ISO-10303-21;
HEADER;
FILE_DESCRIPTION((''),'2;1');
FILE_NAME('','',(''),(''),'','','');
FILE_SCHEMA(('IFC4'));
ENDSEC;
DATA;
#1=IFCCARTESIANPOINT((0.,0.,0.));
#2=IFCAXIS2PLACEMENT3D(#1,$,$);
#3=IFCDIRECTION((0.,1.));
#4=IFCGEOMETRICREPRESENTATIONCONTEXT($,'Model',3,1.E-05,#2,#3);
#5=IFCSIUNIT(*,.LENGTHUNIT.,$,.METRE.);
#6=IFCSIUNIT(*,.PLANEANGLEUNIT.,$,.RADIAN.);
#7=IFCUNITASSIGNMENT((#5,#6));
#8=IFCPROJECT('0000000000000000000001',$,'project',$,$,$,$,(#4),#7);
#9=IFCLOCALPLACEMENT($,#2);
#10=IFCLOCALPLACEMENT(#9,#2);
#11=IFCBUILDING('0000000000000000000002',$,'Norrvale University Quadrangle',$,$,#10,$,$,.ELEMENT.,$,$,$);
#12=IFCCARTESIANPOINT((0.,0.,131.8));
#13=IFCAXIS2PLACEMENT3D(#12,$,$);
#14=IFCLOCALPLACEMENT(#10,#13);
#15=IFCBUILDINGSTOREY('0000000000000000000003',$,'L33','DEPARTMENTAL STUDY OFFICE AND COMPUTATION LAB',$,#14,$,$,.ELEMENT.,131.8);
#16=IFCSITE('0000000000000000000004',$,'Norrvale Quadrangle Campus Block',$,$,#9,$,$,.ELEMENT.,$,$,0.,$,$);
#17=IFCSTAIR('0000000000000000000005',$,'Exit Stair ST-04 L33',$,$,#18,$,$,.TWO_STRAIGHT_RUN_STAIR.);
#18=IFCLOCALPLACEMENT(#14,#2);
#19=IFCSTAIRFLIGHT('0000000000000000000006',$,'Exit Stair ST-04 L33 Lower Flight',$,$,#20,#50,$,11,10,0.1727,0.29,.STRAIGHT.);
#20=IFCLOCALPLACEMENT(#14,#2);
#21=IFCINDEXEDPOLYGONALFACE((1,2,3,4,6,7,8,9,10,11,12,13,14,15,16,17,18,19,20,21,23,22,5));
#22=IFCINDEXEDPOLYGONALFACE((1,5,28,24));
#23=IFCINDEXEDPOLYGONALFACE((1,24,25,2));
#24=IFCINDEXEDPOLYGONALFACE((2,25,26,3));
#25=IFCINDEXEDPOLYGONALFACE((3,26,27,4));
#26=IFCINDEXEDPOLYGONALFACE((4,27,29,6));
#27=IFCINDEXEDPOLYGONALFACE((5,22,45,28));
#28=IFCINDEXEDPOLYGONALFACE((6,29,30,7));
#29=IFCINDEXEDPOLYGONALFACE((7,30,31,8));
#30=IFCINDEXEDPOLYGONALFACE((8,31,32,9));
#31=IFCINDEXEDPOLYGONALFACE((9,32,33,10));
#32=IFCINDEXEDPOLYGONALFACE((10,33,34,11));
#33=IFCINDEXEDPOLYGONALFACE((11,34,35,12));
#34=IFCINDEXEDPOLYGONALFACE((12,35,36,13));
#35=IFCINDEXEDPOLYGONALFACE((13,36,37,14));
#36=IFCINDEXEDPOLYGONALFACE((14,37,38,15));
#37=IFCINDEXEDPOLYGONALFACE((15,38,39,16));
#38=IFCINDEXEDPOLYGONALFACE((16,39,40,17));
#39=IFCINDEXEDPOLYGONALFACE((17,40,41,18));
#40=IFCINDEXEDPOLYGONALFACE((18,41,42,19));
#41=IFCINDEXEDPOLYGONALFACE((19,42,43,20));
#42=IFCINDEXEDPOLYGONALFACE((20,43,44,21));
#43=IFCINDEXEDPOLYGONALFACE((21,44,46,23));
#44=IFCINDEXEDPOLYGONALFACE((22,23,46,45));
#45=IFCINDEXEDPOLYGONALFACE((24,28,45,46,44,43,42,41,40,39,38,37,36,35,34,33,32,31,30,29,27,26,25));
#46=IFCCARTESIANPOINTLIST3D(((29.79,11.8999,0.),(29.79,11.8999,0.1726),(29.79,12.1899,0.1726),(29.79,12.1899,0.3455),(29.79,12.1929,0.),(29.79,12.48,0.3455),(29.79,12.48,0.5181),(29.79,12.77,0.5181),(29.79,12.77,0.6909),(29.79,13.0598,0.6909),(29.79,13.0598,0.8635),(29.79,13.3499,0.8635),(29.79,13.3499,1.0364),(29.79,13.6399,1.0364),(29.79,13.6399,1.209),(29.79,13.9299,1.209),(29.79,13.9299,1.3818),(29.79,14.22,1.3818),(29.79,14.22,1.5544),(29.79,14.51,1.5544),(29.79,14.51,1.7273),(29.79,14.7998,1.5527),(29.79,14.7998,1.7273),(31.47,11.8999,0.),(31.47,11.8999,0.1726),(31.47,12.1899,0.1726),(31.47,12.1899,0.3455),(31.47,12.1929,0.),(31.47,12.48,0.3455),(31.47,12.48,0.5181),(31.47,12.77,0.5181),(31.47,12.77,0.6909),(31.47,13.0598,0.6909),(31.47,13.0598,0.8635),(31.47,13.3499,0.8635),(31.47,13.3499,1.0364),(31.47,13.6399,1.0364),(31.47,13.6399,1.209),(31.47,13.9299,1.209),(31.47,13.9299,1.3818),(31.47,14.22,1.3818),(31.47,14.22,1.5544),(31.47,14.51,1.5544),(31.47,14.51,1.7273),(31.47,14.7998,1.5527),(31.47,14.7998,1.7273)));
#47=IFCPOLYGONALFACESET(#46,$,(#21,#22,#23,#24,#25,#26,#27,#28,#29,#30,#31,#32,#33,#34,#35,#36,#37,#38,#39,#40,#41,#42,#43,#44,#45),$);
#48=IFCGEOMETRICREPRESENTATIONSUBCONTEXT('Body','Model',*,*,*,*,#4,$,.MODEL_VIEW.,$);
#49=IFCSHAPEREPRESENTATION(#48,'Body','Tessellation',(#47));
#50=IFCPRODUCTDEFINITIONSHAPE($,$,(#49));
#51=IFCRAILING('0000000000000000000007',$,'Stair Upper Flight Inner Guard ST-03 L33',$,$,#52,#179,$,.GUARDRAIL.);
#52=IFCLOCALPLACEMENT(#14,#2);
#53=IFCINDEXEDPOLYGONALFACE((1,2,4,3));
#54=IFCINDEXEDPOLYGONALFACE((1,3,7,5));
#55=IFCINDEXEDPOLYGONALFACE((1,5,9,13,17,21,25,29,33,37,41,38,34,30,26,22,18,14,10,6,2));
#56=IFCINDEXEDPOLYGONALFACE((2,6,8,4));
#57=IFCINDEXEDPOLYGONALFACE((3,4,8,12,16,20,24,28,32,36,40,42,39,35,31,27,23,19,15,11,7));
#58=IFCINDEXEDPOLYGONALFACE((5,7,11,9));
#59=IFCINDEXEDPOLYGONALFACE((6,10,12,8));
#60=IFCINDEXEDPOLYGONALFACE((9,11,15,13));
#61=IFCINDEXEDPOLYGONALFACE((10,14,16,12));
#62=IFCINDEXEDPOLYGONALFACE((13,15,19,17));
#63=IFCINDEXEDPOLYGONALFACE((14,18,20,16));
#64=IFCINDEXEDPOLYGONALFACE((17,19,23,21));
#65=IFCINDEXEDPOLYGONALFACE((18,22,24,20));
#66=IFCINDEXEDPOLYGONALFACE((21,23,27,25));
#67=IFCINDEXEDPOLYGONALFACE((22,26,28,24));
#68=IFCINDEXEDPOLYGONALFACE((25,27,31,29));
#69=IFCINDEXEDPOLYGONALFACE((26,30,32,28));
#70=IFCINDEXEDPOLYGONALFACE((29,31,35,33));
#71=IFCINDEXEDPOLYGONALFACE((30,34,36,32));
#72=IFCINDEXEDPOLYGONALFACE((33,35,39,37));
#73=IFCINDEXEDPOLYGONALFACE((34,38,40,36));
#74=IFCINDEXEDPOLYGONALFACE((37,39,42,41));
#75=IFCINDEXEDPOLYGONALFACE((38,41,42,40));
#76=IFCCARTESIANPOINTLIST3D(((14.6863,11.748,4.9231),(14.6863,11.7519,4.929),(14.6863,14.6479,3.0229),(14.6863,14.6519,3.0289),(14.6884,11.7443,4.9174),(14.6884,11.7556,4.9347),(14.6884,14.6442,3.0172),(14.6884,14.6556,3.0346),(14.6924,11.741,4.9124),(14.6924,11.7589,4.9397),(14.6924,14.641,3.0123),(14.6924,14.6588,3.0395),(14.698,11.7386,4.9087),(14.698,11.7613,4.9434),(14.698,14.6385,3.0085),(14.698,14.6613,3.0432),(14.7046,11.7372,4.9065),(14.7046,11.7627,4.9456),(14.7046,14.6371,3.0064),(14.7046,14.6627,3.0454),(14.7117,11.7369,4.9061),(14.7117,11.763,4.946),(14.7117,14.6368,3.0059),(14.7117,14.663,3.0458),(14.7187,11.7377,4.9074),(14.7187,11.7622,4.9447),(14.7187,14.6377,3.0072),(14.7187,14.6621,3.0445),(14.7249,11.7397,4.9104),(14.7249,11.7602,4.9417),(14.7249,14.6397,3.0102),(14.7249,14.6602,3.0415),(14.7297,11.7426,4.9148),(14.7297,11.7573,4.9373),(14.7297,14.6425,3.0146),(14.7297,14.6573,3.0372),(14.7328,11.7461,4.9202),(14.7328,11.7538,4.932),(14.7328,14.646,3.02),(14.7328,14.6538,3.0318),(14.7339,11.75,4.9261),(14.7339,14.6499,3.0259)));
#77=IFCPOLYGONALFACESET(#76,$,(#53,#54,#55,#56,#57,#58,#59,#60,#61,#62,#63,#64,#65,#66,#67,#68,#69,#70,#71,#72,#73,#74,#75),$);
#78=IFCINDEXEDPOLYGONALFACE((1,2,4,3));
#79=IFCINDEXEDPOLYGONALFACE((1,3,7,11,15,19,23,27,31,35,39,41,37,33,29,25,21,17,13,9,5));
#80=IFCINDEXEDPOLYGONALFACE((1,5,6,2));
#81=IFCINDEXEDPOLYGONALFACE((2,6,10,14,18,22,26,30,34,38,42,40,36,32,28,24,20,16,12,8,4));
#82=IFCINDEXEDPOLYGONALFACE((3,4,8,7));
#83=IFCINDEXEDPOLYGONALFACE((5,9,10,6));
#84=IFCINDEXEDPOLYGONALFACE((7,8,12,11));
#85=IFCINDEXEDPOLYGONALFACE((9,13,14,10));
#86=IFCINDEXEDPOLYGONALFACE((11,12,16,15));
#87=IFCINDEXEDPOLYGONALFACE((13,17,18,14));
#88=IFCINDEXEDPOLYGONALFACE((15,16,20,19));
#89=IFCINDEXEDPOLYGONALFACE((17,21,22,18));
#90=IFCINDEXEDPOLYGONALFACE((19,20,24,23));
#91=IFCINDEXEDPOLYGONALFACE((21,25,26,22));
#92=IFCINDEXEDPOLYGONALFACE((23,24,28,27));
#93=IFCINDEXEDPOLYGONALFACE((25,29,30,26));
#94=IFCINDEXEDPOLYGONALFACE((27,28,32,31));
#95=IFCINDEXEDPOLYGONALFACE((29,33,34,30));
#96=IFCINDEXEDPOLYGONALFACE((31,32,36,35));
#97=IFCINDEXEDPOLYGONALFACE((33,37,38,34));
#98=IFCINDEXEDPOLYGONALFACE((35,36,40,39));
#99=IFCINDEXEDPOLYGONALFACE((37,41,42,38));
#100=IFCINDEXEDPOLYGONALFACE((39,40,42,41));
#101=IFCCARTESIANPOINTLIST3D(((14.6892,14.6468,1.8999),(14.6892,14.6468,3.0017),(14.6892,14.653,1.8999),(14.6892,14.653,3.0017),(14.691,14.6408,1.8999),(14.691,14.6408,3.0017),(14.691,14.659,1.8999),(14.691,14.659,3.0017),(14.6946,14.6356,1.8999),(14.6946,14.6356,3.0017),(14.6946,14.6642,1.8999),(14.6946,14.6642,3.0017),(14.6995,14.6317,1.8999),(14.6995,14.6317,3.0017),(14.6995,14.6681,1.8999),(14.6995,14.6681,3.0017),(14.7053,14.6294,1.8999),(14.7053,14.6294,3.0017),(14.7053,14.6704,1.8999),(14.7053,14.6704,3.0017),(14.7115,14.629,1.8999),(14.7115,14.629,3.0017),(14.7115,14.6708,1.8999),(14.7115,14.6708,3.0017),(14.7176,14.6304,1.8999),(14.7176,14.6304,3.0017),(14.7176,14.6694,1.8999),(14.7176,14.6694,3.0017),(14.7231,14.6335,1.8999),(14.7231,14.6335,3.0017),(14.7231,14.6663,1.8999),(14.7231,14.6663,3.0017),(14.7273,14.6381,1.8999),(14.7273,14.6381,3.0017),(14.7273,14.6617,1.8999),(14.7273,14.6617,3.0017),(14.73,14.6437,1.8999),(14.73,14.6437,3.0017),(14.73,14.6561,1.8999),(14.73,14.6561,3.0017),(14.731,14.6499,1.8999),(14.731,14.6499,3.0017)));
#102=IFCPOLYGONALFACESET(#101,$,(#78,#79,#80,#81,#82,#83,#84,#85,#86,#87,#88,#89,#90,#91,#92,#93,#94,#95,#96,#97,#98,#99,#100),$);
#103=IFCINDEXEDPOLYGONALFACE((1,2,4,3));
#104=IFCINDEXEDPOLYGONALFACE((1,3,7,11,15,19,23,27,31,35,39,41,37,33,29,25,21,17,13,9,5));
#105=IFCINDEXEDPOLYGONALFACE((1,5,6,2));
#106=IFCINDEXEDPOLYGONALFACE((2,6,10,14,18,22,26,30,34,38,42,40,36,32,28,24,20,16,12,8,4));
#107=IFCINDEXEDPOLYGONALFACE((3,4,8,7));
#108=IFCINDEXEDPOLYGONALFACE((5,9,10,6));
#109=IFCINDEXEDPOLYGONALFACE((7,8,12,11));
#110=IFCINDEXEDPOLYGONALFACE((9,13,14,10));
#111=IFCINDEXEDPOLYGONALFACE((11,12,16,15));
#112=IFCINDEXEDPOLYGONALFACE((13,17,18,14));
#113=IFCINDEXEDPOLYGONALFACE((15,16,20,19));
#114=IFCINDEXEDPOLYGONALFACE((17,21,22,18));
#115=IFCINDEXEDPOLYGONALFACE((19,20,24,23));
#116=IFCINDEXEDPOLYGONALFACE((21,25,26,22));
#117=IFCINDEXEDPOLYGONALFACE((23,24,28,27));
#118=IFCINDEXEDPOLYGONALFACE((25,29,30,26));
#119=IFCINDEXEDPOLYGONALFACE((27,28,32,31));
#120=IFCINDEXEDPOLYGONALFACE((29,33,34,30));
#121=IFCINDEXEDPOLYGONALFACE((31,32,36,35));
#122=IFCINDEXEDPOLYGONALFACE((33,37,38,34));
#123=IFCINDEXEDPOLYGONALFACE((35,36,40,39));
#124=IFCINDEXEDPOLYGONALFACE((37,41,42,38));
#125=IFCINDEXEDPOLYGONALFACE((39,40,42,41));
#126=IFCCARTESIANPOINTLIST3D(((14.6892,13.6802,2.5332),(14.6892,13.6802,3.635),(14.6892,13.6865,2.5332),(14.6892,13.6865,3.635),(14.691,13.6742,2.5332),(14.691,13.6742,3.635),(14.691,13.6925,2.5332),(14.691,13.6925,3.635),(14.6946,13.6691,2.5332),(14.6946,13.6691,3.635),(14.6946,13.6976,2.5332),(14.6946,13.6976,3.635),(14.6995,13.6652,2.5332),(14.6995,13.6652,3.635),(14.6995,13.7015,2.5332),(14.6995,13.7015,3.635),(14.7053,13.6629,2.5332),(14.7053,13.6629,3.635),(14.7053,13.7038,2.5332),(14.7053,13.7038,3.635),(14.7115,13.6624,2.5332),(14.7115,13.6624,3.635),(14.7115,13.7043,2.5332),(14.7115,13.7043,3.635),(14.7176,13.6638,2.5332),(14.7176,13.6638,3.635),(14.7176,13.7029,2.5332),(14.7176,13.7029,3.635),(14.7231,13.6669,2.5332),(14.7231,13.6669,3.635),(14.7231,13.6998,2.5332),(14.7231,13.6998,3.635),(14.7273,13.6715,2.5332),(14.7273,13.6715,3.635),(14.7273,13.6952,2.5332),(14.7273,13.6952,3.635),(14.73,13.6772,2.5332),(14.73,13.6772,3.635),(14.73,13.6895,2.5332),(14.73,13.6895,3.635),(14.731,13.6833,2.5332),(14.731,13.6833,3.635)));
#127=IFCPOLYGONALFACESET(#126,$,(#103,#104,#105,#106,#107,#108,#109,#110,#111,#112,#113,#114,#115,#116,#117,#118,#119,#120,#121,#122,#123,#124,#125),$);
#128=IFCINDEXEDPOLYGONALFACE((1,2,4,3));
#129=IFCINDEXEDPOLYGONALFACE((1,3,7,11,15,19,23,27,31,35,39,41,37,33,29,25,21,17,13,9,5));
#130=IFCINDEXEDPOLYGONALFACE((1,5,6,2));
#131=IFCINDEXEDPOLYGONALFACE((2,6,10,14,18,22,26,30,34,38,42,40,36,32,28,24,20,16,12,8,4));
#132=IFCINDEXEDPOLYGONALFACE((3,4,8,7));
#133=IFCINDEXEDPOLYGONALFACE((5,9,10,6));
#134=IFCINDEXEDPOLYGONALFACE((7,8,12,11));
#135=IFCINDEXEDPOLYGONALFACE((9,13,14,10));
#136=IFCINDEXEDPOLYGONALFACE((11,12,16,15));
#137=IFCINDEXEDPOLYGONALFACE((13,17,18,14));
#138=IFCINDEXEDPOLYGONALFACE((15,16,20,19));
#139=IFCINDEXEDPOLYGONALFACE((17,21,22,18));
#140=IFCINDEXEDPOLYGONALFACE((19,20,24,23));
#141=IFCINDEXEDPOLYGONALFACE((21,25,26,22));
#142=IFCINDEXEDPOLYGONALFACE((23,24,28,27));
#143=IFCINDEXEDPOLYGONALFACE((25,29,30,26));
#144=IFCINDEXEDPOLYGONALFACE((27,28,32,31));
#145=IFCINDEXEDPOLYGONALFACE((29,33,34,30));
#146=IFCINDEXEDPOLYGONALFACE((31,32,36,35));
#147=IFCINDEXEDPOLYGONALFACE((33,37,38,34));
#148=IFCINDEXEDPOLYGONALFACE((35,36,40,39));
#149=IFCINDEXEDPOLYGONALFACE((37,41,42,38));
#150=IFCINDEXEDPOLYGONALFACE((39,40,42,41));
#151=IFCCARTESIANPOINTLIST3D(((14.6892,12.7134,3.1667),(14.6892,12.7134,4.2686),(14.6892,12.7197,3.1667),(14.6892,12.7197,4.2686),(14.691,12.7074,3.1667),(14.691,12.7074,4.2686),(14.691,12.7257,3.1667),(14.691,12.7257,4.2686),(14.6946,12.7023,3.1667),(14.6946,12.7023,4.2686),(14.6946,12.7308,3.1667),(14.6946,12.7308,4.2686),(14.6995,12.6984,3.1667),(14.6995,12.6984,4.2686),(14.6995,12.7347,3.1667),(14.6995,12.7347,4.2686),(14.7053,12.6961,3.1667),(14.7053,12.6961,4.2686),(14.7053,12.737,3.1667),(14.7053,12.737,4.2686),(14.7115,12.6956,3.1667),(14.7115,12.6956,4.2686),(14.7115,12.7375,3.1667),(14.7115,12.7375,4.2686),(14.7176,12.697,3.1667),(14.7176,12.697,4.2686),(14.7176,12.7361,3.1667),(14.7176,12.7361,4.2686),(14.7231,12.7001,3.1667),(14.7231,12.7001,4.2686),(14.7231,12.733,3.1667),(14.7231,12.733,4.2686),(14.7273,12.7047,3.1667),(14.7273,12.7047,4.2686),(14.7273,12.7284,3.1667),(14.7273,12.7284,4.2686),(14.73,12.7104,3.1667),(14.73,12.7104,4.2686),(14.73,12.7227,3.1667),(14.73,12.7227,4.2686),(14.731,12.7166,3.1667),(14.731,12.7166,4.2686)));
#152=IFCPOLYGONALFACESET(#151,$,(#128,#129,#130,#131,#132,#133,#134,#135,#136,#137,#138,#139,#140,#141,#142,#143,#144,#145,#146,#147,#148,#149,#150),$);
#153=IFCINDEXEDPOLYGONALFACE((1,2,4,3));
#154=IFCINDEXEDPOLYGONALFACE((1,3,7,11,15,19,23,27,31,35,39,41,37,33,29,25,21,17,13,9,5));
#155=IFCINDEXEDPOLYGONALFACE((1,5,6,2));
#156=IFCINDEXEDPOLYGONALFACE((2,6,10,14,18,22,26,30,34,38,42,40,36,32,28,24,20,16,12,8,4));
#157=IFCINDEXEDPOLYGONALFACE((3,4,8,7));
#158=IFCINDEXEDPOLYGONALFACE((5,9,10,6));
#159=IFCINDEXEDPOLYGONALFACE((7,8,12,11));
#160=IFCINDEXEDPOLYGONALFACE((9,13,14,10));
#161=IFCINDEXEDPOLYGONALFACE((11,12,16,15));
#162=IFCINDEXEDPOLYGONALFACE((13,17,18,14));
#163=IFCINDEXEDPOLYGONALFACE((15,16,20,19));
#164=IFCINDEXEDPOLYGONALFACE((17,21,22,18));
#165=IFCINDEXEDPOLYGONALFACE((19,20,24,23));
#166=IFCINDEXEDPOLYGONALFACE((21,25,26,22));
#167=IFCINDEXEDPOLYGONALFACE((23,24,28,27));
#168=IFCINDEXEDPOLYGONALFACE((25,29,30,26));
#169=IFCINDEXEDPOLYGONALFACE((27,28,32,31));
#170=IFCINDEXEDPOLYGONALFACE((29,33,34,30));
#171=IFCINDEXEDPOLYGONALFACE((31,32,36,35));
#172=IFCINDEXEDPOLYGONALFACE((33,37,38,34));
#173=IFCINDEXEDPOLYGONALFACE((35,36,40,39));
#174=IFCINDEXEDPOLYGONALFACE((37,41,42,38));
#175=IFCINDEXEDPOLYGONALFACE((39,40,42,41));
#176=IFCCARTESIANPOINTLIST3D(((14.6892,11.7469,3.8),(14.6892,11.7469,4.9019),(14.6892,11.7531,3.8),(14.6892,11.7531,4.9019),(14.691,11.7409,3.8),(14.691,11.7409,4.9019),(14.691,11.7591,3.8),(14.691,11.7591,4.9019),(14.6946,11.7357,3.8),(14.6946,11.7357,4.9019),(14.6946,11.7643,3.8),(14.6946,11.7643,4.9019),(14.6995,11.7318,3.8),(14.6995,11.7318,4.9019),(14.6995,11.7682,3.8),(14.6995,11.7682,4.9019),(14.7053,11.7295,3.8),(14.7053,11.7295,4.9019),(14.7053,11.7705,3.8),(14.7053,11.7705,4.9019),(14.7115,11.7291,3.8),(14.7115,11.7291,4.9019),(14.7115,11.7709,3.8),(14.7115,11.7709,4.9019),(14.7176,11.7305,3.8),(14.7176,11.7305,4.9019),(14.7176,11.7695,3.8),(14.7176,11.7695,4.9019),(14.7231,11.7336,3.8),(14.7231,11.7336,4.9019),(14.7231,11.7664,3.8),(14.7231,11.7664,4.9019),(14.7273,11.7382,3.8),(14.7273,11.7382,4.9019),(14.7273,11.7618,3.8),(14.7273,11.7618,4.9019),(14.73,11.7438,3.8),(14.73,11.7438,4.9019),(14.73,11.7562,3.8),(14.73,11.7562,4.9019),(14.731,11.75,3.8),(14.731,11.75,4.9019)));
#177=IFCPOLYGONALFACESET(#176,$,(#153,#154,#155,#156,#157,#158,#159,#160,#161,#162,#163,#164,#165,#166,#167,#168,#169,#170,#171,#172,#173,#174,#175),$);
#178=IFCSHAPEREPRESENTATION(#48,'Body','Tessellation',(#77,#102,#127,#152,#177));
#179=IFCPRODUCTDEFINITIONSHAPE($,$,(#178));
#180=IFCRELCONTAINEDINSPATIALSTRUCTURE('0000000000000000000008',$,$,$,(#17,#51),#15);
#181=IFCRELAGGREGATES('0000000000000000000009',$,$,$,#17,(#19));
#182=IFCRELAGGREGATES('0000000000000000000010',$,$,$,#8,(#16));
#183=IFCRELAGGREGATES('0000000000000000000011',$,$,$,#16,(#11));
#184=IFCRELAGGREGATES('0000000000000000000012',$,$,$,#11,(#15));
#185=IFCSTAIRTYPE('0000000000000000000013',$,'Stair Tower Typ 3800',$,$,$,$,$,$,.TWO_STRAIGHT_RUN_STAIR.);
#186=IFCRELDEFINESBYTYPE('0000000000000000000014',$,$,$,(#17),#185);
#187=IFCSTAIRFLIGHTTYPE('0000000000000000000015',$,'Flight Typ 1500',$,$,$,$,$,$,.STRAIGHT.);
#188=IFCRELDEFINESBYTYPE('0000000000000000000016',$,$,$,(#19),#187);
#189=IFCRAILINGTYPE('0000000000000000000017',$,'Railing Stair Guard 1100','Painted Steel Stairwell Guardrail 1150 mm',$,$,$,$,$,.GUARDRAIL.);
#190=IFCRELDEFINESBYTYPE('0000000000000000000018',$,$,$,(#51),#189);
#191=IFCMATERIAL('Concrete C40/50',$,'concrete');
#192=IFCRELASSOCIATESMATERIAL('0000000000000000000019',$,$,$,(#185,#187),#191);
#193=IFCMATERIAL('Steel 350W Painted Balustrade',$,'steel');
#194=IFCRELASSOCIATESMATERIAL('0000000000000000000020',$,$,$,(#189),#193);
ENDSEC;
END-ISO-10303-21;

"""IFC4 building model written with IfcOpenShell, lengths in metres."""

from ifc_helpers import new_model, si_unit, direction, frame, origin, origin_2d, place, context, subcontext, project, spatial, polyline, circle, outline, extrude, material, type_object, element, aggregate, save


model = new_model("IFC4")

# Units and contexts
model_context = context("Model", 3, precision=1e-05, world=origin(), true_north=direction((0.0, 1.0)))
body_context = subcontext(model_context, "Body", "Model", "MODEL_VIEW")
ifc_project = project(units=[si_unit("LENGTHUNIT", "METRE"), si_unit("PLANEANGLEUNIT", "RADIAN")], contexts=[model_context])

# Site, building, storey
site_placement = place(None, origin())
site = spatial("IfcSite", under=ifc_project, at=site_placement, Name="Norrvale Quadrangle Campus Block", CompositionType="ELEMENT", RefElevation=0.0)
building_placement = place(site_placement, origin())
building = spatial("IfcBuilding", under=site, at=building_placement, Name="Norrvale University Quadrangle", CompositionType="ELEMENT")
storey_placement = place(building_placement, frame((0.0, 0.0, 131.8)))
storey = spatial("IfcBuildingStorey", under=building, at=storey_placement, Name="L33", Description="DEPARTMENTAL STUDY OFFICE AND COMPUTATION LAB", CompositionType="ELEMENT", Elevation=131.8)

# Stair, stair flight
ifc_material_1 = material(Name="Concrete C40/50", Category="concrete")
stair_type = type_object("IfcStairType", Name="Stair Tower Typ 3800", PredefinedType="TWO_STRAIGHT_RUN_STAIR", material=ifc_material_1)
stair_flight_type = type_object("IfcStairFlightType", Name="Flight Typ 1500", PredefinedType="STRAIGHT", material=ifc_material_1)
stair_1_placement = place(storey_placement, origin())
stair_1 = element("IfcStair", 1, at=stair_1_placement, inside=storey, type_object=stair_type, Name="Exit Stair ST-04 L33", PredefinedType="TWO_STRAIGHT_RUN_STAIR")
stair_flight_1_placement = place(storey_placement, frame((30.6299, 11.8999, 0.0), z_axis=(0.0, 0.0, 1.0), x_axis=(0.0, 1.0, 0.0)))
stair_flight_1 = element("IfcStairFlight", 2, at=stair_flight_1_placement, type_object=stair_flight_type, Name="Exit Stair ST-04 L33 Lower Flight", NumberOfRisers=11, NumberOfTreads=10, PredefinedType="STRAIGHT", RiserHeight=0.1727, TreadLength=0.29, context=body_context, shape_type="SweptSolid", body=[
    extrude(outline(polyline([(0.0, 0.0), (0.0, 0.1726), (0.29, 0.1726), (0.29, 0.3455), (0.5801, 0.3455), (0.5801, 0.5181), (0.8701, 0.5181), (0.8701, 0.6909), (1.1599, 0.6909), (1.1599, 0.8635), (1.45, 0.8635), (1.45, 1.0364), (1.74, 1.0364), (1.74, 1.209), (2.03, 1.209), (2.03, 1.3818), (2.3201, 1.3818), (2.3201, 1.5544), (2.6101, 1.5544), (2.6101, 1.7273), (2.8999, 1.7273), (2.8999, 1.8999), (2.8999, 1.5527), (0.293, 0.0), (0.0, 0.0)])), frame((0.0, 0.8398, 0.0), z_axis=(0.0, -1.0, 0.0), x_axis=(1.0, 0.0, 0.0)), (0.0, 0.0, 1.0), 1.6799),
])
aggregate(stair_1, [stair_flight_1])

# Railing
ifc_material_2 = material(Name="Steel 350W Painted Balustrade", Category="steel")
railing_type_1 = type_object("IfcRailingType", Name="Railing Stair Guard 1100", Description="Painted Steel Stairwell Guardrail 1150 mm", PredefinedType="GUARDRAIL", material=ifc_material_2)
railing_1_placement = place(storey_placement, frame((14.71, 14.6499, 1.8999)))
element("IfcRailing", 3, at=railing_1_placement, inside=storey, type_object=railing_type_1, Name="Stair Upper Flight Inner Guard ST-03 L33", PredefinedType="GUARDRAIL", context=body_context, shape_type="SweptSolid", body=[
    extrude(circle(Radius=0.0239, at=origin_2d()), frame((0.0, 0.0, 1.126), z_axis=(0.0, -0.836433, 0.548069), x_axis=(1.0, 0.0, 0.0)), (0.0, 0.0, 1.0), 3.467),
    extrude(circle(Radius=0.021, at=origin_2d()), origin(), (0.0, 0.0, 1.0), 1.1018),
    extrude(circle(Radius=0.021, at=origin_2d()), frame((0.0, -0.9666, 0.6333)), (0.0, 0.0, 1.0), 1.1018),
    extrude(circle(Radius=0.021, at=origin_2d()), frame((0.0, -1.9333, 1.2668)), (0.0, 0.0, 1.0), 1.1018),
    extrude(circle(Radius=0.021, at=origin_2d()), frame((0.0, -2.8999, 1.9001)), (0.0, 0.0, 1.0), 1.1018),
])

save(model, "model.ifc")
